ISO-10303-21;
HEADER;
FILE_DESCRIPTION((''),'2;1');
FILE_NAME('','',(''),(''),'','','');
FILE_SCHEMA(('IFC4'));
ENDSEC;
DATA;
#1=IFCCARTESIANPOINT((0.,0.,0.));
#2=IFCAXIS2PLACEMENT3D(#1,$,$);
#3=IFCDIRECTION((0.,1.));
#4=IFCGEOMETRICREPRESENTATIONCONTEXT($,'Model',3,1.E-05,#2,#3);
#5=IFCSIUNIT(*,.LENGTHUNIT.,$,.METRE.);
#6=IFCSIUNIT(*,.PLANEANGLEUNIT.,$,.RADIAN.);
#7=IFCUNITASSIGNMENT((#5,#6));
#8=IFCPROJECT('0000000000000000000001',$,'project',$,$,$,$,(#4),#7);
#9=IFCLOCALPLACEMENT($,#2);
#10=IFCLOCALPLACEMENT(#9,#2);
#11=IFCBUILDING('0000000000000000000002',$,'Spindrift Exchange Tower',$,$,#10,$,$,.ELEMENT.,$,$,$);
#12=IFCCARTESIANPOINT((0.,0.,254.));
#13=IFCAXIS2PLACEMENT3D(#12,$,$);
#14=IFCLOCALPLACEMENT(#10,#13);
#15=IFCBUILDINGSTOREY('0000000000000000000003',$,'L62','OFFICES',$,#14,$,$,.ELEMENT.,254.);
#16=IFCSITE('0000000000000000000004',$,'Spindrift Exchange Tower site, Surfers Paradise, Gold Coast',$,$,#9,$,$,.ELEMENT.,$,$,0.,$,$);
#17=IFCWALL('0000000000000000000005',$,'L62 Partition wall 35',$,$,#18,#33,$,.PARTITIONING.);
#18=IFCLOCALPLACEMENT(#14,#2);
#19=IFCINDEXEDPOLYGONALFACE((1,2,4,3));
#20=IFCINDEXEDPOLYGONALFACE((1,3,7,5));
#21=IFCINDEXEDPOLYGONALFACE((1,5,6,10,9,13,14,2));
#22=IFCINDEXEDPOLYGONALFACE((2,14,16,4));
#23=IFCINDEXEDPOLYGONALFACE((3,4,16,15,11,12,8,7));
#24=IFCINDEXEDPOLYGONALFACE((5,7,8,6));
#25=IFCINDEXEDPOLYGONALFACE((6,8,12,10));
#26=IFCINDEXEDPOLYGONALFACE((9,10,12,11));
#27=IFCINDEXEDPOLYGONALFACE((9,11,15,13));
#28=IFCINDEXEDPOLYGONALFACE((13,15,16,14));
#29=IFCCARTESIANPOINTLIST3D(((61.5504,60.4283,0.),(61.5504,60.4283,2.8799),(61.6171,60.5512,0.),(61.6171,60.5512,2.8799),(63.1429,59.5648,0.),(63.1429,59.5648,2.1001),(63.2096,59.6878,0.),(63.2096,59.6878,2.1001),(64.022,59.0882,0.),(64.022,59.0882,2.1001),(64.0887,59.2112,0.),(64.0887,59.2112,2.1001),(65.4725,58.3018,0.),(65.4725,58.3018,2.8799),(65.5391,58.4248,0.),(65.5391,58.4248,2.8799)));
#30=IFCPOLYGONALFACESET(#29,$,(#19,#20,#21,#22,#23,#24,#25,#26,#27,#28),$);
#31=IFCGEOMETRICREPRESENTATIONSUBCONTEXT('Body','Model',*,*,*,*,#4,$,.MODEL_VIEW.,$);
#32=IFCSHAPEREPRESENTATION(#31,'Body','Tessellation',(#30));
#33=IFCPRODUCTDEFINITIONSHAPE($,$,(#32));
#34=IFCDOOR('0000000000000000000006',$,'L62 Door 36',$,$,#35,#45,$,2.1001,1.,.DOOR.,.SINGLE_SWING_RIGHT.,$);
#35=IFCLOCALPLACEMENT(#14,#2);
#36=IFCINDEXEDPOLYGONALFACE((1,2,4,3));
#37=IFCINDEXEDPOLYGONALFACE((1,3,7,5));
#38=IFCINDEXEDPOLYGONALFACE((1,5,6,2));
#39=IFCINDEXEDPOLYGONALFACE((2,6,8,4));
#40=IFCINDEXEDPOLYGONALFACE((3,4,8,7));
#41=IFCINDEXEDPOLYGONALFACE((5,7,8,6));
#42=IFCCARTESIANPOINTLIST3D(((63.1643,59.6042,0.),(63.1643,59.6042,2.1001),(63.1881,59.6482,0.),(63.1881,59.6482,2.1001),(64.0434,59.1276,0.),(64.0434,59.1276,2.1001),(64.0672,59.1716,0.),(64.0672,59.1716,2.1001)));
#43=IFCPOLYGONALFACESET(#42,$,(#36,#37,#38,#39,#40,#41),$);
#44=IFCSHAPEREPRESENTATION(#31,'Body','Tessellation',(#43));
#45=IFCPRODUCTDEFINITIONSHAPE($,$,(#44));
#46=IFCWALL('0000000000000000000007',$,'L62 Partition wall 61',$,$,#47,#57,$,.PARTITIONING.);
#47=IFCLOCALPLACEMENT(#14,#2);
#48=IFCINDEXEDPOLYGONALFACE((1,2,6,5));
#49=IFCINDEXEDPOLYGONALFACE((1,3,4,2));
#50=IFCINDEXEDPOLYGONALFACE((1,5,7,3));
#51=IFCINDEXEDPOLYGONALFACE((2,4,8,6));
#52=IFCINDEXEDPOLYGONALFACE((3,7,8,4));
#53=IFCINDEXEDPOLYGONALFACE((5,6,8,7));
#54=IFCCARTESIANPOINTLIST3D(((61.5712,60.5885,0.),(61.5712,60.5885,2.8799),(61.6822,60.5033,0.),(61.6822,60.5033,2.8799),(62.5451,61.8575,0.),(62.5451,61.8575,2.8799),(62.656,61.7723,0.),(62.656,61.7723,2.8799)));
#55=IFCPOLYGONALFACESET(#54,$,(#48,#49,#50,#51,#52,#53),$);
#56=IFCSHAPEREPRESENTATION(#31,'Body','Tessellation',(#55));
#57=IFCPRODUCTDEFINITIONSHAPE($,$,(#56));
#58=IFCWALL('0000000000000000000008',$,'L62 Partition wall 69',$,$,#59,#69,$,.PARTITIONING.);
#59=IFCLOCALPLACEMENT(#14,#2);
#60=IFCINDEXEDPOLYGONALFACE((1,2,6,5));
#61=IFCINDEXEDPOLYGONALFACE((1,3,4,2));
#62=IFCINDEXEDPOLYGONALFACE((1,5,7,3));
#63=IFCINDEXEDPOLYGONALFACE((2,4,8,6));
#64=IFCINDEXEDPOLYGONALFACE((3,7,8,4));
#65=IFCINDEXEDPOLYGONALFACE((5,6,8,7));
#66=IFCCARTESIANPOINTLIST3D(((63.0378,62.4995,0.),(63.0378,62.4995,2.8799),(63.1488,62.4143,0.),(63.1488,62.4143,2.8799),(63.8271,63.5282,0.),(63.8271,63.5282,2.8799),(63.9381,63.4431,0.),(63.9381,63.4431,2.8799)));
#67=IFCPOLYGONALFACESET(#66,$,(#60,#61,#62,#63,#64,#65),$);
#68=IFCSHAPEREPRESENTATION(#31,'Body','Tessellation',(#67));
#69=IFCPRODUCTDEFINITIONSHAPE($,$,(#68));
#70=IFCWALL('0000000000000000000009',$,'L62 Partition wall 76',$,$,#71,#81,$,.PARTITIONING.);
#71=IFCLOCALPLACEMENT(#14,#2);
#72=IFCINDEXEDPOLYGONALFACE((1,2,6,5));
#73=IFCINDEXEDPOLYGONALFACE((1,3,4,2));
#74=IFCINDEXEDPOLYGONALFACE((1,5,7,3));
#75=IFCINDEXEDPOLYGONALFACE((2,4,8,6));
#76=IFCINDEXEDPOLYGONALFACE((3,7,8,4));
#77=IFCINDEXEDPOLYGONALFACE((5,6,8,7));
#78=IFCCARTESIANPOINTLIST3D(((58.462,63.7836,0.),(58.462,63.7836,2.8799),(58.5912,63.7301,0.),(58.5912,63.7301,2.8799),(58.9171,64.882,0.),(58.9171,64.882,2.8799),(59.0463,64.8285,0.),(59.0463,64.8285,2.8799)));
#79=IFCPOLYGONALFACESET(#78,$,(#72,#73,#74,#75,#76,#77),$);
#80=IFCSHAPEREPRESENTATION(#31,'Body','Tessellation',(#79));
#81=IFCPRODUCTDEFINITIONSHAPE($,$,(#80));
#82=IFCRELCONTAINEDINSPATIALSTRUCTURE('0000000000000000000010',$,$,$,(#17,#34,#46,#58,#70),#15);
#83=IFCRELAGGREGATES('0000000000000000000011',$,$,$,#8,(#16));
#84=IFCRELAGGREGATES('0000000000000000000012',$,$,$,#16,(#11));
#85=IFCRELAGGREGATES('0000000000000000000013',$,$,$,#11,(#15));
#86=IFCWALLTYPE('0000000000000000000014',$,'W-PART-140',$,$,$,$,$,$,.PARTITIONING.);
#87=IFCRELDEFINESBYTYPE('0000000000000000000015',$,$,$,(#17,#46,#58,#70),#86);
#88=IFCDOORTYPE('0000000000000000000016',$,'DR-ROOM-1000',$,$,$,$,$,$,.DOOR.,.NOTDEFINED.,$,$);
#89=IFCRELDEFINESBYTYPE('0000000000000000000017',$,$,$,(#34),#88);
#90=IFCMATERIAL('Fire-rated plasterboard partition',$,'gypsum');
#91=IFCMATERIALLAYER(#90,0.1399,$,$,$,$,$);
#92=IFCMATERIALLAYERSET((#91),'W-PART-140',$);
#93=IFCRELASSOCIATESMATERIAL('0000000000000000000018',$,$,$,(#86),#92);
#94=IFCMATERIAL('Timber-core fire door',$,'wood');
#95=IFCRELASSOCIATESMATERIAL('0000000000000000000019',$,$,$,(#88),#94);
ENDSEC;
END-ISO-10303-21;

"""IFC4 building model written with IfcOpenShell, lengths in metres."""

from ifc_helpers import new_model, si_unit, direction, frame, frame_2d, origin, place, context, subcontext, project, spatial, rectangle, extrude, source, transform, mapped, material, layer, layer_set, type_object, element, fill, save


model = new_model("IFC4")

# Units and contexts
model_context = context("Model", 3, precision=1e-05, world=origin(), true_north=direction((0.0, 1.0)))
body_context = subcontext(model_context, "Body", "Model", "MODEL_VIEW")
ifc_project = project(units=[si_unit("LENGTHUNIT", "METRE"), si_unit("PLANEANGLEUNIT", "RADIAN")], contexts=[model_context])

# Site, building, storey
site_placement = place(None, origin())
site = spatial("IfcSite", under=ifc_project, at=site_placement, Name="Spindrift Exchange Tower site, Surfers Paradise, Gold Coast", CompositionType="ELEMENT", RefElevation=0.0)
building_placement = place(site_placement, origin())
building = spatial("IfcBuilding", under=site, at=building_placement, Name="Spindrift Exchange Tower", CompositionType="ELEMENT")
storey_placement = place(building_placement, frame((0.0, 0.0, 254.0)))
storey = spatial("IfcBuildingStorey", under=building, at=storey_placement, Name="L62", Description="OFFICES", CompositionType="ELEMENT", Elevation=254.0)

# Wall, opening, door
ifc_material_1 = material(Name="Fire-rated plasterboard partition", Category="gypsum")
ifc_layer_1 = layer(ifc_material_1, 0.1399)
ifc_layer_set_1 = layer_set([ifc_layer_1], Name="W-PART-140")
wall_type = type_object("IfcWallType", Name="W-PART-140", PredefinedType="PARTITIONING", material=ifc_layer_set_1)
wall_1_placement = place(storey_placement, frame((61.5837, 60.4897, 0.0), z_axis=(0.0, 0.0, 1.0), x_axis=(0.879106, -0.476627, 0.0)))
wall_1 = element("IfcWall", 1, at=wall_1_placement, inside=storey, type_object=wall_type, Name="L62 Partition wall 35", PredefinedType="PARTITIONING", context=body_context, shape_type="SweptSolid", body=[
    extrude(rectangle(XDim=4.4614, YDim=0.1399, at=frame_2d((2.2307, 0.0))), origin(), (0.0, 0.0, 1.0), 2.8799),
])
opening_placement = place(wall_1_placement, frame((1.8115, 0.0, 0.0)))
opening = element("IfcOpeningElement", 2, at=opening_placement, cuts=wall_1, PredefinedType="OPENING", context=body_context, shape_type="SweptSolid", body=[
    extrude(rectangle(XDim=1.0, YDim=2.1001, at=frame_2d((0.5, 1.05))), frame((0.0, 0.0798, 0.0), z_axis=(0.0, -1.0, 0.0), x_axis=(1.0, 0.0, 0.0)), (0.0, 0.0, 1.0), 0.1599),
])
ifc_material_2 = material(Name="Timber-core fire door", Category="wood")
door_type = type_object("IfcDoorType", Name="DR-ROOM-1000", OperationType="NOTDEFINED", PredefinedType="DOOR", material=ifc_material_2)
shared_shape_1 = source(origin(), body_context, "Body", "SweptSolid", [
    extrude(rectangle(XDim=1.0, YDim=2.1001, at=frame_2d((0.5, 1.05))), frame((0.0, 0.0249, 0.0), z_axis=(0.0, -1.0, 0.0), x_axis=(1.0, 0.0, 0.0)), (0.0, 0.0, 1.0), 0.05),
])
door_placement = place(opening_placement, origin())
door = element("IfcDoor", 3, at=door_placement, inside=storey, type_object=door_type, Name="L62 Door 36", OperationType="SINGLE_SWING_RIGHT", OverallHeight=2.1001, OverallWidth=1.0, PredefinedType="DOOR", context=body_context, shape_type="MappedRepresentation", body=[
    mapped(shared_shape_1, transform((0.0, 0.0, 0.0), scale=1.0)),
])
fill(opening, door)

# Walls
wall_2_placement = place(storey_placement, frame((61.6267, 60.5459, 0.0), z_axis=(0.0, 0.0, 1.0), x_axis=(0.608803, 0.793321, 0.0)))
element("IfcWall", 4, at=wall_2_placement, inside=storey, type_object=wall_type, Name="L62 Partition wall 61", PredefinedType="PARTITIONING", context=body_context, shape_type="SweptSolid", body=[
    extrude(rectangle(XDim=1.5996, YDim=0.1399, at=frame_2d((0.7998, 0.0))), origin(), (0.0, 0.0, 1.0), 2.8799),
])
wall_3_placement = place(storey_placement, frame((63.0933, 62.4568, 0.0), z_axis=(0.0, 0.0, 1.0), x_axis=(0.6087, 0.7934, 0.0)))
element("IfcWall", 5, at=wall_3_placement, inside=storey, type_object=wall_type, Name="L62 Partition wall 69", PredefinedType="PARTITIONING", context=body_context, shape_type="SweptSolid", body=[
    extrude(rectangle(XDim=1.2966, YDim=0.1399, at=frame_2d((0.6484, 0.0))), origin(), (0.0, 0.0, 1.0), 2.8799),
])
wall_4_placement = place(storey_placement, frame((58.5266, 63.7568, 0.0), z_axis=(0.0, 0.0, 1.0), x_axis=(0.382763, 0.923847, 0.0)))
element("IfcWall", 6, at=wall_4_placement, inside=storey, type_object=wall_type, Name="L62 Partition wall 76", PredefinedType="PARTITIONING", context=body_context, shape_type="SweptSolid", body=[
    extrude(rectangle(XDim=1.189, YDim=0.1399, at=frame_2d((0.5945, 0.0))), origin(), (0.0, 0.0, 1.0), 2.8799),
])

save(model, "model.ifc")
